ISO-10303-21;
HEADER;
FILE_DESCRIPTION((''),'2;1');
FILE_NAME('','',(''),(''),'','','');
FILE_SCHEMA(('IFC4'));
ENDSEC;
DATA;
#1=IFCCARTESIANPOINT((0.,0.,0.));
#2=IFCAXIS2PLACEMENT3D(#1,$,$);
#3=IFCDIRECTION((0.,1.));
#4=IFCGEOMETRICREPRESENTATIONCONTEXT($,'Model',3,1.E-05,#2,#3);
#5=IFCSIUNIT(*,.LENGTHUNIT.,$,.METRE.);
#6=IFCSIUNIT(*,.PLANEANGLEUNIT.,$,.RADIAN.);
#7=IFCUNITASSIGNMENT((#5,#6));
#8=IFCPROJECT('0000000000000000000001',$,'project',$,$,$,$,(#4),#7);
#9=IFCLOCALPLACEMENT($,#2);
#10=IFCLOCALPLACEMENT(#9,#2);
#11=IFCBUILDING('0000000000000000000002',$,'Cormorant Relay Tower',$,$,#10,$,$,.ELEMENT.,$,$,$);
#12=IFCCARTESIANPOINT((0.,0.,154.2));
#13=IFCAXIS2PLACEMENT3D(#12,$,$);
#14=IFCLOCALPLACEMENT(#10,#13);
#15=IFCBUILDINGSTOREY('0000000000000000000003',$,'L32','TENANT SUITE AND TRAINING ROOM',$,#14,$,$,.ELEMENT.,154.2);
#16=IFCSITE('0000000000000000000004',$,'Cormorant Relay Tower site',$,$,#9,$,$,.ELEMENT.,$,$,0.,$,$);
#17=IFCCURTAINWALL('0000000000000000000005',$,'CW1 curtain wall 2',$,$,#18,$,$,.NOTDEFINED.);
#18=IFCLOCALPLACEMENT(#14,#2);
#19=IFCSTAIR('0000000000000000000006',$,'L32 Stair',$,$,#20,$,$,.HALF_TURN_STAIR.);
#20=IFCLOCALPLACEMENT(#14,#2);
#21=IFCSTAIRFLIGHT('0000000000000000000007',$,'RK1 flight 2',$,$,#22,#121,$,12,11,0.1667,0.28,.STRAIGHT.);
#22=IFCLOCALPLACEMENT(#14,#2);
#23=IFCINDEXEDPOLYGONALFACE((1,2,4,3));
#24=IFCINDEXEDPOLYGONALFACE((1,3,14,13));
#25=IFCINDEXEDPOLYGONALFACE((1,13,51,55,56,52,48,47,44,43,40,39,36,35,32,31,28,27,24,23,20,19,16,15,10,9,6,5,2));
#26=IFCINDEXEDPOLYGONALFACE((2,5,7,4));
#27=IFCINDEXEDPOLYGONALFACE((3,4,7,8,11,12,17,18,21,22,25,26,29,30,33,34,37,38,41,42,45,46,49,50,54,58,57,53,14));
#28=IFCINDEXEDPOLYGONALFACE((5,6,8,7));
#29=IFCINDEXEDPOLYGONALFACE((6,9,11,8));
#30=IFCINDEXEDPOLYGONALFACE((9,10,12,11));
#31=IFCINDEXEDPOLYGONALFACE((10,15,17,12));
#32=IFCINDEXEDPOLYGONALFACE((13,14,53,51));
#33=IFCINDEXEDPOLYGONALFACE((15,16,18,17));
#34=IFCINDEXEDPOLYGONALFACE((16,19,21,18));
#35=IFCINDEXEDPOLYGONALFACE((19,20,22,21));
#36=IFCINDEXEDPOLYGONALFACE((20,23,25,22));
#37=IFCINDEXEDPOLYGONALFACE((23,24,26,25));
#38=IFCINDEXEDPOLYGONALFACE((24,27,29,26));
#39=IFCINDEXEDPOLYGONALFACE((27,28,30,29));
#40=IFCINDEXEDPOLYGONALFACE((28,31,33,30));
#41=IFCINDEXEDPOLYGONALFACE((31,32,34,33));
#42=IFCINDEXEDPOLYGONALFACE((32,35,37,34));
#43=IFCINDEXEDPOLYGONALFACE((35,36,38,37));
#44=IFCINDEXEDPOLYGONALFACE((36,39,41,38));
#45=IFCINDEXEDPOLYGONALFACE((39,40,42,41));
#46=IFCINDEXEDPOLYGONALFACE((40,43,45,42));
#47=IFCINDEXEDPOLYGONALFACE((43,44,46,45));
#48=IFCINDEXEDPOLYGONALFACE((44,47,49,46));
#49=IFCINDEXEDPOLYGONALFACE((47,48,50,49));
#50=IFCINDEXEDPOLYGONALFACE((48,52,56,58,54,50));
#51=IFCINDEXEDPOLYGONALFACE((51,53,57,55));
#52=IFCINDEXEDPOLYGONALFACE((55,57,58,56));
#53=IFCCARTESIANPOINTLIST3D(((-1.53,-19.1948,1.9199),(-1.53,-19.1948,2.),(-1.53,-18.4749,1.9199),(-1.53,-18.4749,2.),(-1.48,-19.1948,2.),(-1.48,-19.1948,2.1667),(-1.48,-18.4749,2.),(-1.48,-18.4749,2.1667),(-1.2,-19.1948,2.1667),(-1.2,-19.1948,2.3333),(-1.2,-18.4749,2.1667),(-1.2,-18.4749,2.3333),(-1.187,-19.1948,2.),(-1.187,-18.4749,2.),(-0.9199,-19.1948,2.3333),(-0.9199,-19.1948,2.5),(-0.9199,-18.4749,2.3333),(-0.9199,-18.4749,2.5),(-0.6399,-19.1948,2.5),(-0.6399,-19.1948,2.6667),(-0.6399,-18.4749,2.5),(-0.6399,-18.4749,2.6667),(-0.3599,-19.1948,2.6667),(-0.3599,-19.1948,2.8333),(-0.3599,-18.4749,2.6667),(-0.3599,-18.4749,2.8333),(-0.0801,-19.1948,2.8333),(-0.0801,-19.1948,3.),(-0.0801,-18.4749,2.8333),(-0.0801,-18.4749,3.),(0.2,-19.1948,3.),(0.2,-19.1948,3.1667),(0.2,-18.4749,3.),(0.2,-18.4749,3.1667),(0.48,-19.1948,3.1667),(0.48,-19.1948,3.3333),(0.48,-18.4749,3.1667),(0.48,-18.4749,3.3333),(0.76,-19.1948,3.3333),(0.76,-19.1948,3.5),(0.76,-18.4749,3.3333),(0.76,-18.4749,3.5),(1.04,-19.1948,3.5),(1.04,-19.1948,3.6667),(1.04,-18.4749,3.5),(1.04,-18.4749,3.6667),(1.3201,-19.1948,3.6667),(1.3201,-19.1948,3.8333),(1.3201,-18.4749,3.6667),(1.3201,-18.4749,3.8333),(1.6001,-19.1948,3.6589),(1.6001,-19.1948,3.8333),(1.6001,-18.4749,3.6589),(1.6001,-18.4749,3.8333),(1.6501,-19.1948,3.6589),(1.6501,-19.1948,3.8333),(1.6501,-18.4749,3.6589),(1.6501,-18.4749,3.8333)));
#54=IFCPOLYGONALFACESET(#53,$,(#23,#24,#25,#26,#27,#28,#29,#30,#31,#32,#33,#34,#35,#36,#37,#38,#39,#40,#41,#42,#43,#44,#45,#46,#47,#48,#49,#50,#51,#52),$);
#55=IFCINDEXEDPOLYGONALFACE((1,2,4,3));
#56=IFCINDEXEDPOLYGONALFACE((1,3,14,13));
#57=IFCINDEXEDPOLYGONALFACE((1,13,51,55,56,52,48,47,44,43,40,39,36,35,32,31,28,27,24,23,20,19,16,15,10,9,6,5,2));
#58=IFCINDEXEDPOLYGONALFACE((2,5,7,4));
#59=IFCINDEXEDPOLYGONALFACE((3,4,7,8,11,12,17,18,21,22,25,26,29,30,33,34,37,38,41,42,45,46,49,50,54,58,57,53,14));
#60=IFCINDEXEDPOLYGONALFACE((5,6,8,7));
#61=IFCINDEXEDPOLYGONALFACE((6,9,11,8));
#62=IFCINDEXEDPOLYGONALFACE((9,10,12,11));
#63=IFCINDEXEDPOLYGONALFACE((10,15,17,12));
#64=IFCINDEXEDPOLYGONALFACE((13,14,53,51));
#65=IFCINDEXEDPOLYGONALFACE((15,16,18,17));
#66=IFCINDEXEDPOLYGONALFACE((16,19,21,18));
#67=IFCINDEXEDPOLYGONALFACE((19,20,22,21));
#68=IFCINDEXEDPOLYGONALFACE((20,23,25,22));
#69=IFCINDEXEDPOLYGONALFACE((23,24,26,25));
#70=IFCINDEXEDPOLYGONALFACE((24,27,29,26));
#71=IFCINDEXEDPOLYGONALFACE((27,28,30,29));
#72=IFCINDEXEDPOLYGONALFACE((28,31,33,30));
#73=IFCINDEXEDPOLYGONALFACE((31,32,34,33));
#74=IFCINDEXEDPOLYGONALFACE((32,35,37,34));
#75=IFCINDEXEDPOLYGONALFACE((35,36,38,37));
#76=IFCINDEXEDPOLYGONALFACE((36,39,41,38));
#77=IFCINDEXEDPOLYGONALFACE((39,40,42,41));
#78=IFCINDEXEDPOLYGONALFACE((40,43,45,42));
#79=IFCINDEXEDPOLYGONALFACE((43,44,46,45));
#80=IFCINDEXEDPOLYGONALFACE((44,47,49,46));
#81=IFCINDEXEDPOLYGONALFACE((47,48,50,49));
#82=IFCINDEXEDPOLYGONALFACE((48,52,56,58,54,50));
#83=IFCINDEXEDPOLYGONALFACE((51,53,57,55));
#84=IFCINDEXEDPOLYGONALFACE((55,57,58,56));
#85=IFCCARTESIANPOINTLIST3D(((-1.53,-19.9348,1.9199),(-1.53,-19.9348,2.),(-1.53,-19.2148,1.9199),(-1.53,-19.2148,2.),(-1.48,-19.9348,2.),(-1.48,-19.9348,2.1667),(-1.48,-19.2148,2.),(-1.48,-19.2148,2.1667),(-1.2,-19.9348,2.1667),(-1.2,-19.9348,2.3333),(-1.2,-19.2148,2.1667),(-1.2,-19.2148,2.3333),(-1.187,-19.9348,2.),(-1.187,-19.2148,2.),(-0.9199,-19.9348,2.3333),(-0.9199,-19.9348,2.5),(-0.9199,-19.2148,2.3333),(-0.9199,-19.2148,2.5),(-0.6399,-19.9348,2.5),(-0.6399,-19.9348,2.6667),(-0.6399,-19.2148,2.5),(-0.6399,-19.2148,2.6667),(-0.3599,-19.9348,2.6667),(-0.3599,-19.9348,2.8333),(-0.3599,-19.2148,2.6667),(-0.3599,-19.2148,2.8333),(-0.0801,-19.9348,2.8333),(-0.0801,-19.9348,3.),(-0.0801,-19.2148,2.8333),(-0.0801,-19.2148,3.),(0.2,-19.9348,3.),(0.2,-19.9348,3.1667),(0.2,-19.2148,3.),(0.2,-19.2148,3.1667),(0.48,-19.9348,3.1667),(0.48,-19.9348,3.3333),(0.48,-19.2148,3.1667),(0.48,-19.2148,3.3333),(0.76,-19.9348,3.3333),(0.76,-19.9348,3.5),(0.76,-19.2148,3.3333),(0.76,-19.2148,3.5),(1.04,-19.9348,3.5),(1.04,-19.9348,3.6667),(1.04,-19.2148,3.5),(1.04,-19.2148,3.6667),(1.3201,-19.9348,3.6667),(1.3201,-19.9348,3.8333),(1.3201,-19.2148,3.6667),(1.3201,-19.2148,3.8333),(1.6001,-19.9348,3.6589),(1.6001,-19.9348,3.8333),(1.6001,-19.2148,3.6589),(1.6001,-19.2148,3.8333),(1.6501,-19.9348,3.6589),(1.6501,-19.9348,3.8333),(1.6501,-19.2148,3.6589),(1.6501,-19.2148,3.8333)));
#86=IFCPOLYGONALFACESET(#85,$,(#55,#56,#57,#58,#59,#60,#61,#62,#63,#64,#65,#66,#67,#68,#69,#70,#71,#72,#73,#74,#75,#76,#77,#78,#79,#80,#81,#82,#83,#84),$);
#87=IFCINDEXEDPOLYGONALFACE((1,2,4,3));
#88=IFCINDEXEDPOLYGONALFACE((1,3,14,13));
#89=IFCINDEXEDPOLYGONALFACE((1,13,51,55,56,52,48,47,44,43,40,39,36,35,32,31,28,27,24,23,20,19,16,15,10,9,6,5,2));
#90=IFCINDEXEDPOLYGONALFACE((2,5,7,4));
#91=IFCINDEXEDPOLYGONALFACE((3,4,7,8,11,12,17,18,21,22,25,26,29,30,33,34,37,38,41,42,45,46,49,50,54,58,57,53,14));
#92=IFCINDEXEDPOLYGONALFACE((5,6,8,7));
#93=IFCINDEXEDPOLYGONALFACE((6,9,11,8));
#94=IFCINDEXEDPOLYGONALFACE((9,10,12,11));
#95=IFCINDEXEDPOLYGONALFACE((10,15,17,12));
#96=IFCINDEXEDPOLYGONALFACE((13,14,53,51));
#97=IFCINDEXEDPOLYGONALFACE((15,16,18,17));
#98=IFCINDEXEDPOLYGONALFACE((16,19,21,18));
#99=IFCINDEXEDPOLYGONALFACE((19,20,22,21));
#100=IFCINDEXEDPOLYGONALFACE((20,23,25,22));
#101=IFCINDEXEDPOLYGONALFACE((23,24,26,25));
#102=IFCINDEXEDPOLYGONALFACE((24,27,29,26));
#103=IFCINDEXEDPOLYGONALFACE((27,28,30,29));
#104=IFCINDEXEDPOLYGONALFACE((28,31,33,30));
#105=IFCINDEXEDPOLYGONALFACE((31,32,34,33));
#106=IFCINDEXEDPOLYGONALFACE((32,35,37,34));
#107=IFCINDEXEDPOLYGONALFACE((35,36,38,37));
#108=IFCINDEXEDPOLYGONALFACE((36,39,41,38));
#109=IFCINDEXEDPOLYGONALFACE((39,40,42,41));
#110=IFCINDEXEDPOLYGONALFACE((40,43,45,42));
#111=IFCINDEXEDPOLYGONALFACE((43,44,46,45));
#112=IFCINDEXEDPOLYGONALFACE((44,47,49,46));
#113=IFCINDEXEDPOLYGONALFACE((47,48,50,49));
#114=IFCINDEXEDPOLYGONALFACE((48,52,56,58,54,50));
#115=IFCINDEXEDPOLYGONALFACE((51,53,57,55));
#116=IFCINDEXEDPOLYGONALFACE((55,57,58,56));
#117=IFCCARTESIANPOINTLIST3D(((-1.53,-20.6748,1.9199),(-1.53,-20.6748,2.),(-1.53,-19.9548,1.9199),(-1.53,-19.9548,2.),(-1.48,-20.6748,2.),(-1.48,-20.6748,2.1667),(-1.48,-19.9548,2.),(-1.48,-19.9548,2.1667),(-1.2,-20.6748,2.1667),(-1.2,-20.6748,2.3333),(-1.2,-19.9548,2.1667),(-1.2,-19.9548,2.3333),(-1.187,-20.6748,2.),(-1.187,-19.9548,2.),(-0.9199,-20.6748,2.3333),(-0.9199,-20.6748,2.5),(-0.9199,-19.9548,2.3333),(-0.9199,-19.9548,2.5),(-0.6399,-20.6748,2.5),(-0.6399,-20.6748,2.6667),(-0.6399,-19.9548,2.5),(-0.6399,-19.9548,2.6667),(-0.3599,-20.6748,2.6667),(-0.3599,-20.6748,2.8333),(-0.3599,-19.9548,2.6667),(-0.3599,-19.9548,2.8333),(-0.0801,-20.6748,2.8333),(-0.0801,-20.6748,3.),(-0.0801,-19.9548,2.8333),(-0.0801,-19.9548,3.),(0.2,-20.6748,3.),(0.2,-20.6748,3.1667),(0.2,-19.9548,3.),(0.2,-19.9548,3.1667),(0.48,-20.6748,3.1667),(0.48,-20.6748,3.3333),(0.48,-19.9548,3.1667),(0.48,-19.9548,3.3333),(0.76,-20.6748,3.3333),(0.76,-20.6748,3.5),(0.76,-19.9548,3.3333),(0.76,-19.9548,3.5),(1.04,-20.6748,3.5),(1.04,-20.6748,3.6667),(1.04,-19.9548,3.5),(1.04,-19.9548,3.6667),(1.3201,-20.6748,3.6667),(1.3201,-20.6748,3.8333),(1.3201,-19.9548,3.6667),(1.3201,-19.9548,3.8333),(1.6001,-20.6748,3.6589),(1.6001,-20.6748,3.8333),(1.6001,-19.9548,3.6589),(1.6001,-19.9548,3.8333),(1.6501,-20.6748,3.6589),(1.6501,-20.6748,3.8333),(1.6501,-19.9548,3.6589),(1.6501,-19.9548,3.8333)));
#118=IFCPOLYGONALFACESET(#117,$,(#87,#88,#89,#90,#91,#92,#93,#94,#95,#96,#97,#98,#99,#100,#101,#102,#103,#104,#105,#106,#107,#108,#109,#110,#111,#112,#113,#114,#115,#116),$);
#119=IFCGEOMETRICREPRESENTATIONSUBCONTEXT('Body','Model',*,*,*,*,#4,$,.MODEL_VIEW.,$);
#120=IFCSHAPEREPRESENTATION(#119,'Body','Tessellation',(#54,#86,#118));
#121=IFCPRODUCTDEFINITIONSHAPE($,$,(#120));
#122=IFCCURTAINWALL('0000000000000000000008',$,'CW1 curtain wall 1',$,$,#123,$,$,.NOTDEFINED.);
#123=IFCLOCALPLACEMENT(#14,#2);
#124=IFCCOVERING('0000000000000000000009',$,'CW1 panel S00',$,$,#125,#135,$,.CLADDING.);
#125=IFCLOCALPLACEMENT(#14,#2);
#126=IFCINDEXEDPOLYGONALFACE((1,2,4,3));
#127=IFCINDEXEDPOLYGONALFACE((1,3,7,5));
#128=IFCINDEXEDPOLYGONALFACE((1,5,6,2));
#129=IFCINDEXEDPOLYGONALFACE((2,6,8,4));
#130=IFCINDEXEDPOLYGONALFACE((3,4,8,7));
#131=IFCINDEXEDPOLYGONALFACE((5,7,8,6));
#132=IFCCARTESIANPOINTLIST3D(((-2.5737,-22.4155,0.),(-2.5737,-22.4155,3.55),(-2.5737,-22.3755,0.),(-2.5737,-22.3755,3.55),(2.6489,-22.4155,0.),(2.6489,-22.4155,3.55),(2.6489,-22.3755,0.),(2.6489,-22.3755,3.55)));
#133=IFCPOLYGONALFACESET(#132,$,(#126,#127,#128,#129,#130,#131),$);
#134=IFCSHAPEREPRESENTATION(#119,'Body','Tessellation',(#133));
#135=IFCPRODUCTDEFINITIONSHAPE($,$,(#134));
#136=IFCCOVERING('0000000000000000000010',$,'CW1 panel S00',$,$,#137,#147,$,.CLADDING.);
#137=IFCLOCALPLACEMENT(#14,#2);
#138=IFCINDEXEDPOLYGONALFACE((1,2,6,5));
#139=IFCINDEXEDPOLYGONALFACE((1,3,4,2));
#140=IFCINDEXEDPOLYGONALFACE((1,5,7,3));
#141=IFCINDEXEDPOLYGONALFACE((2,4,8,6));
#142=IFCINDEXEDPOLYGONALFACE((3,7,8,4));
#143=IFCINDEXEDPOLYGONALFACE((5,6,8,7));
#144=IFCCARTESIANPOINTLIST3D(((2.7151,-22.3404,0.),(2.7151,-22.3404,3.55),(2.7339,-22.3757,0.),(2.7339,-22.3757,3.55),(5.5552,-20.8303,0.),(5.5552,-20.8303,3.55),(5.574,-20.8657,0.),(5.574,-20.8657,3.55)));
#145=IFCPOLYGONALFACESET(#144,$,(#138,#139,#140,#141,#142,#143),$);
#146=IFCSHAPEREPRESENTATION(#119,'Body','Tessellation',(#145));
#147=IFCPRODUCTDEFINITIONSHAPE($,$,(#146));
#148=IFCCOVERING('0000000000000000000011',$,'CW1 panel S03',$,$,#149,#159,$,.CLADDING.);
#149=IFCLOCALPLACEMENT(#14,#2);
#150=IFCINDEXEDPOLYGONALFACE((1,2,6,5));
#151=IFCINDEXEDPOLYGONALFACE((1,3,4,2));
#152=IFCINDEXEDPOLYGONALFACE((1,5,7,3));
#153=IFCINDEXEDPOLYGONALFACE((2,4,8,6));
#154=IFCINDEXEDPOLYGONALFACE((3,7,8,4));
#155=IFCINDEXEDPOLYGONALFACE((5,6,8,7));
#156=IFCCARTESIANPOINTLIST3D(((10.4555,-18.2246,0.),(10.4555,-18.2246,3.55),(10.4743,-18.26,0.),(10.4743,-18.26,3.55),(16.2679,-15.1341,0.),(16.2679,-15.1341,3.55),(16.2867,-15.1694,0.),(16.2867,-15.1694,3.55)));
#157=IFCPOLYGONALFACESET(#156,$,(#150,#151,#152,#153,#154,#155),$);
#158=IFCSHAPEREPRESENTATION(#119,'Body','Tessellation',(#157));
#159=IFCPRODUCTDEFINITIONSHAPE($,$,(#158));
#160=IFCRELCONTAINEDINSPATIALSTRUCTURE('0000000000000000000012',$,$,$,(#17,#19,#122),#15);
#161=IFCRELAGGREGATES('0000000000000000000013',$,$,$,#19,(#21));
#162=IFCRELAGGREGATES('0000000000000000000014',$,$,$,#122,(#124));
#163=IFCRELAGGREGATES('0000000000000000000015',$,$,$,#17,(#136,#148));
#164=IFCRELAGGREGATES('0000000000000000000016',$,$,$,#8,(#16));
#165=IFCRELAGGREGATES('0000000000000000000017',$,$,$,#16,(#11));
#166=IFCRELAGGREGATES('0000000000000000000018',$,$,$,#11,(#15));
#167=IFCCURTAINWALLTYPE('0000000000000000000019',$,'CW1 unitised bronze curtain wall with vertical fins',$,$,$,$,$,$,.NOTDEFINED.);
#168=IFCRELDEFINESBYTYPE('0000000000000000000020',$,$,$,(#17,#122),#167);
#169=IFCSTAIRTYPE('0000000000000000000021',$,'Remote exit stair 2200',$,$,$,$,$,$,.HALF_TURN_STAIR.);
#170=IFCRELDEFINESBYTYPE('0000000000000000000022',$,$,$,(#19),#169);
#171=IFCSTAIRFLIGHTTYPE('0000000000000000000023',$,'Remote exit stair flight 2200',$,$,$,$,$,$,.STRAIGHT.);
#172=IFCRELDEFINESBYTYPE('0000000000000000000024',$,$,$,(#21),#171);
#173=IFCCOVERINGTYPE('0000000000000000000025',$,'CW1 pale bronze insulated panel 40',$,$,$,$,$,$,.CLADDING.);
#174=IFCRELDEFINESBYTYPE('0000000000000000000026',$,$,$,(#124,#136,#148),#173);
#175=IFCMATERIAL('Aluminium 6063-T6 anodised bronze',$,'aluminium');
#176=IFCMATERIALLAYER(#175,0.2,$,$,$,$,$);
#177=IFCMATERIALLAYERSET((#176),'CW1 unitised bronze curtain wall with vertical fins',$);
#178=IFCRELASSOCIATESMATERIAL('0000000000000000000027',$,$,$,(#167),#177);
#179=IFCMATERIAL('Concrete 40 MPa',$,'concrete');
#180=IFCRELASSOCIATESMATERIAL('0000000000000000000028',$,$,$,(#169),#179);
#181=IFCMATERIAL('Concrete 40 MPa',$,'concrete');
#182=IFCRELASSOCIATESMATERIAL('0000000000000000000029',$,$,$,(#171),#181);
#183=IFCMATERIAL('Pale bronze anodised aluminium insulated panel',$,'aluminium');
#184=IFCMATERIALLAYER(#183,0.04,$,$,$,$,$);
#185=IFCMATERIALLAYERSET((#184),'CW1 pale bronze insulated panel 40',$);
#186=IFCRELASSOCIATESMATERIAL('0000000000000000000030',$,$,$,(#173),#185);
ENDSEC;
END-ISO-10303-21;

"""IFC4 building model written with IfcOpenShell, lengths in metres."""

from ifc_helpers import new_model, si_unit, direction, frame, origin, origin_2d, place, context, subcontext, project, spatial, polyline, rectangle, outline, extrude, material, layer, layer_set, type_object, element, aggregate, save


model = new_model("IFC4")

# Units and contexts
model_context = context("Model", 3, precision=1e-05, world=origin(), true_north=direction((0.0, 1.0)))
body_context = subcontext(model_context, "Body", "Model", "MODEL_VIEW")
ifc_project = project(units=[si_unit("LENGTHUNIT", "METRE"), si_unit("PLANEANGLEUNIT", "RADIAN")], contexts=[model_context])

# Site, building, storey
site_placement = place(None, origin())
site = spatial("IfcSite", under=ifc_project, at=site_placement, Name="Cormorant Relay Tower site", CompositionType="ELEMENT", RefElevation=0.0)
building_placement = place(site_placement, origin())
building = spatial("IfcBuilding", under=site, at=building_placement, Name="Cormorant Relay Tower", CompositionType="ELEMENT")
storey_placement = place(building_placement, frame((0.0, 0.0, 154.2)))
storey = spatial("IfcBuildingStorey", under=building, at=storey_placement, Name="L32", Description="TENANT SUITE AND TRAINING ROOM", CompositionType="ELEMENT", Elevation=154.2)

# Curtain wall
ifc_material_1 = material(Name="Aluminium 6063-T6 anodised bronze", Category="aluminium")
ifc_layer_1 = layer(ifc_material_1, 0.2)
ifc_layer_set_1 = layer_set([ifc_layer_1], Name="CW1 unitised bronze curtain wall with vertical fins")
curtain_wall_type = type_object("IfcCurtainWallType", Name="CW1 unitised bronze curtain wall with vertical fins", PredefinedType="NOTDEFINED", material=ifc_layer_set_1)
curtain_wall_1_placement = place(storey_placement, origin())
curtain_wall_1 = element("IfcCurtainWall", 1, at=curtain_wall_1_placement, inside=storey, type_object=curtain_wall_type, Name="CW1 curtain wall 2", PredefinedType="NOTDEFINED")

# Stair, stair flight
ifc_material_2 = material(Name="Concrete 40 MPa", Category="concrete")
stair_type = type_object("IfcStairType", Name="Remote exit stair 2200", PredefinedType="HALF_TURN_STAIR", material=ifc_material_2)
stair_placement = place(storey_placement, origin())
stair = element("IfcStair", 2, at=stair_placement, inside=storey, type_object=stair_type, Name="L32 Stair", PredefinedType="HALF_TURN_STAIR")
ifc_material_3 = material(Name="Concrete 40 MPa", Category="concrete")
stair_flight_type = type_object("IfcStairFlightType", Name="Remote exit stair flight 2200", PredefinedType="STRAIGHT", material=ifc_material_3)
stair_flight_1_placement = place(storey_placement, frame((-1.48, -19.575, 2.0), z_axis=(0.0, 0.0, 1.0), x_axis=(1.0, 0.0, 0.0)))
stair_flight_1 = element("IfcStairFlight", 3, at=stair_flight_1_placement, type_object=stair_flight_type, Name="RK1 flight 2", NumberOfRisers=12, NumberOfTreads=11, PredefinedType="STRAIGHT", RiserHeight=0.1667, TreadLength=0.28, context=body_context, shape_type="SweptSolid", body=[
    extrude(outline(polyline([(-0.05, -0.0801), (-0.05, 0.0), (0.0, 0.0), (0.0, 0.1667), (0.28, 0.1667), (0.28, 0.3333), (0.5601, 0.3333), (0.5601, 0.5), (0.8401, 0.5), (0.8401, 0.6667), (1.1201, 0.6667), (1.1201, 0.8333), (1.3999, 0.8333), (1.3999, 1.0), (1.6799, 1.0), (1.6799, 1.1667), (1.96, 1.1667), (1.96, 1.3333), (2.24, 1.3333), (2.24, 1.5), (2.52, 1.5), (2.52, 1.6667), (2.8, 1.6667), (2.8, 1.8333), (3.0801, 1.8333), (3.1301, 1.8333), (3.1301, 1.6589), (3.0801, 1.6589), (0.293, 0.0), (-0.05, -0.0801)])), frame((0.0, 1.1001, 0.0), z_axis=(0.0, -1.0, 0.0), x_axis=(1.0, 0.0, 0.0)), (0.0, 0.0, 1.0), 0.72),
    extrude(outline(polyline([(-0.05, -0.0801), (-0.05, 0.0), (0.0, 0.0), (0.0, 0.1667), (0.28, 0.1667), (0.28, 0.3333), (0.5601, 0.3333), (0.5601, 0.5), (0.8401, 0.5), (0.8401, 0.6667), (1.1201, 0.6667), (1.1201, 0.8333), (1.3999, 0.8333), (1.3999, 1.0), (1.6799, 1.0), (1.6799, 1.1667), (1.96, 1.1667), (1.96, 1.3333), (2.24, 1.3333), (2.24, 1.5), (2.52, 1.5), (2.52, 1.6667), (2.8, 1.6667), (2.8, 1.8333), (3.0801, 1.8333), (3.1301, 1.8333), (3.1301, 1.6589), (3.0801, 1.6589), (0.293, 0.0), (-0.05, -0.0801)])), frame((0.0, 0.3601, 0.0), z_axis=(0.0, -1.0, 0.0), x_axis=(1.0, 0.0, 0.0)), (0.0, 0.0, 1.0), 0.72),
    extrude(outline(polyline([(-0.05, -0.0801), (-0.05, 0.0), (0.0, 0.0), (0.0, 0.1667), (0.28, 0.1667), (0.28, 0.3333), (0.5601, 0.3333), (0.5601, 0.5), (0.8401, 0.5), (0.8401, 0.6667), (1.1201, 0.6667), (1.1201, 0.8333), (1.3999, 0.8333), (1.3999, 1.0), (1.6799, 1.0), (1.6799, 1.1667), (1.96, 1.1667), (1.96, 1.3333), (2.24, 1.3333), (2.24, 1.5), (2.52, 1.5), (2.52, 1.6667), (2.8, 1.6667), (2.8, 1.8333), (3.0801, 1.8333), (3.1301, 1.8333), (3.1301, 1.6589), (3.0801, 1.6589), (0.293, 0.0), (-0.05, -0.0801)])), frame((0.0, -0.3799, 0.0), z_axis=(0.0, -1.0, 0.0), x_axis=(1.0, 0.0, 0.0)), (0.0, 0.0, 1.0), 0.72),
])
aggregate(stair, [stair_flight_1])

# Curtain wall, covering
curtain_wall_2_placement = place(storey_placement, origin())
curtain_wall_2 = element("IfcCurtainWall", 4, at=curtain_wall_2_placement, inside=storey, type_object=curtain_wall_type, Name="CW1 curtain wall 1", PredefinedType="NOTDEFINED")
ifc_material_4 = material(Name="Pale bronze anodised aluminium insulated panel", Category="aluminium")
ifc_layer_2 = layer(ifc_material_4, 0.04)
ifc_layer_set_2 = layer_set([ifc_layer_2], Name="CW1 pale bronze insulated panel 40")
covering_type = type_object("IfcCoveringType", Name="CW1 pale bronze insulated panel 40", PredefinedType="CLADDING", material=ifc_layer_set_2)
covering_1_placement = place(storey_placement, frame((0.0376, -22.3955, 0.0), z_axis=(0.0, 0.0, 1.0), x_axis=(1.0, 0.0, 0.0)))
covering_1 = element("IfcCovering", 5, at=covering_1_placement, type_object=covering_type, Name="CW1 panel S00", PredefinedType="CLADDING", context=body_context, shape_type="SweptSolid", body=[
    extrude(rectangle(XDim=5.2227, YDim=0.04, at=origin_2d()), origin(), (0.0, 0.0, 1.0), 3.55),
])
aggregate(curtain_wall_2, [covering_1])

# Coverings
covering_2_placement = place(storey_placement, frame((4.1445, -21.603, 0.0), z_axis=(0.0, 0.0, 1.0), x_axis=(0.882948, 0.469472, 0.0)))
covering_2 = element("IfcCovering", 6, at=covering_2_placement, type_object=covering_type, Name="CW1 panel S00", PredefinedType="CLADDING", context=body_context, shape_type="SweptSolid", body=[
    extrude(rectangle(XDim=3.2166, YDim=0.04, at=origin_2d()), origin(), (0.0, 0.0, 1.0), 3.55),
])
covering_3_placement = place(storey_placement, frame((13.3711, -16.697, 0.0), z_axis=(0.0, 0.0, 1.0), x_axis=(0.882948, 0.469472, 0.0)))
covering_3 = element("IfcCovering", 7, at=covering_3_placement, type_object=covering_type, Name="CW1 panel S03", PredefinedType="CLADDING", context=body_context, shape_type="SweptSolid", body=[
    extrude(rectangle(XDim=6.583, YDim=0.04, at=origin_2d()), origin(), (0.0, 0.0, 1.0), 3.55),
])
aggregate(curtain_wall_1, [covering_2, covering_3])

save(model, "model.ifc")
